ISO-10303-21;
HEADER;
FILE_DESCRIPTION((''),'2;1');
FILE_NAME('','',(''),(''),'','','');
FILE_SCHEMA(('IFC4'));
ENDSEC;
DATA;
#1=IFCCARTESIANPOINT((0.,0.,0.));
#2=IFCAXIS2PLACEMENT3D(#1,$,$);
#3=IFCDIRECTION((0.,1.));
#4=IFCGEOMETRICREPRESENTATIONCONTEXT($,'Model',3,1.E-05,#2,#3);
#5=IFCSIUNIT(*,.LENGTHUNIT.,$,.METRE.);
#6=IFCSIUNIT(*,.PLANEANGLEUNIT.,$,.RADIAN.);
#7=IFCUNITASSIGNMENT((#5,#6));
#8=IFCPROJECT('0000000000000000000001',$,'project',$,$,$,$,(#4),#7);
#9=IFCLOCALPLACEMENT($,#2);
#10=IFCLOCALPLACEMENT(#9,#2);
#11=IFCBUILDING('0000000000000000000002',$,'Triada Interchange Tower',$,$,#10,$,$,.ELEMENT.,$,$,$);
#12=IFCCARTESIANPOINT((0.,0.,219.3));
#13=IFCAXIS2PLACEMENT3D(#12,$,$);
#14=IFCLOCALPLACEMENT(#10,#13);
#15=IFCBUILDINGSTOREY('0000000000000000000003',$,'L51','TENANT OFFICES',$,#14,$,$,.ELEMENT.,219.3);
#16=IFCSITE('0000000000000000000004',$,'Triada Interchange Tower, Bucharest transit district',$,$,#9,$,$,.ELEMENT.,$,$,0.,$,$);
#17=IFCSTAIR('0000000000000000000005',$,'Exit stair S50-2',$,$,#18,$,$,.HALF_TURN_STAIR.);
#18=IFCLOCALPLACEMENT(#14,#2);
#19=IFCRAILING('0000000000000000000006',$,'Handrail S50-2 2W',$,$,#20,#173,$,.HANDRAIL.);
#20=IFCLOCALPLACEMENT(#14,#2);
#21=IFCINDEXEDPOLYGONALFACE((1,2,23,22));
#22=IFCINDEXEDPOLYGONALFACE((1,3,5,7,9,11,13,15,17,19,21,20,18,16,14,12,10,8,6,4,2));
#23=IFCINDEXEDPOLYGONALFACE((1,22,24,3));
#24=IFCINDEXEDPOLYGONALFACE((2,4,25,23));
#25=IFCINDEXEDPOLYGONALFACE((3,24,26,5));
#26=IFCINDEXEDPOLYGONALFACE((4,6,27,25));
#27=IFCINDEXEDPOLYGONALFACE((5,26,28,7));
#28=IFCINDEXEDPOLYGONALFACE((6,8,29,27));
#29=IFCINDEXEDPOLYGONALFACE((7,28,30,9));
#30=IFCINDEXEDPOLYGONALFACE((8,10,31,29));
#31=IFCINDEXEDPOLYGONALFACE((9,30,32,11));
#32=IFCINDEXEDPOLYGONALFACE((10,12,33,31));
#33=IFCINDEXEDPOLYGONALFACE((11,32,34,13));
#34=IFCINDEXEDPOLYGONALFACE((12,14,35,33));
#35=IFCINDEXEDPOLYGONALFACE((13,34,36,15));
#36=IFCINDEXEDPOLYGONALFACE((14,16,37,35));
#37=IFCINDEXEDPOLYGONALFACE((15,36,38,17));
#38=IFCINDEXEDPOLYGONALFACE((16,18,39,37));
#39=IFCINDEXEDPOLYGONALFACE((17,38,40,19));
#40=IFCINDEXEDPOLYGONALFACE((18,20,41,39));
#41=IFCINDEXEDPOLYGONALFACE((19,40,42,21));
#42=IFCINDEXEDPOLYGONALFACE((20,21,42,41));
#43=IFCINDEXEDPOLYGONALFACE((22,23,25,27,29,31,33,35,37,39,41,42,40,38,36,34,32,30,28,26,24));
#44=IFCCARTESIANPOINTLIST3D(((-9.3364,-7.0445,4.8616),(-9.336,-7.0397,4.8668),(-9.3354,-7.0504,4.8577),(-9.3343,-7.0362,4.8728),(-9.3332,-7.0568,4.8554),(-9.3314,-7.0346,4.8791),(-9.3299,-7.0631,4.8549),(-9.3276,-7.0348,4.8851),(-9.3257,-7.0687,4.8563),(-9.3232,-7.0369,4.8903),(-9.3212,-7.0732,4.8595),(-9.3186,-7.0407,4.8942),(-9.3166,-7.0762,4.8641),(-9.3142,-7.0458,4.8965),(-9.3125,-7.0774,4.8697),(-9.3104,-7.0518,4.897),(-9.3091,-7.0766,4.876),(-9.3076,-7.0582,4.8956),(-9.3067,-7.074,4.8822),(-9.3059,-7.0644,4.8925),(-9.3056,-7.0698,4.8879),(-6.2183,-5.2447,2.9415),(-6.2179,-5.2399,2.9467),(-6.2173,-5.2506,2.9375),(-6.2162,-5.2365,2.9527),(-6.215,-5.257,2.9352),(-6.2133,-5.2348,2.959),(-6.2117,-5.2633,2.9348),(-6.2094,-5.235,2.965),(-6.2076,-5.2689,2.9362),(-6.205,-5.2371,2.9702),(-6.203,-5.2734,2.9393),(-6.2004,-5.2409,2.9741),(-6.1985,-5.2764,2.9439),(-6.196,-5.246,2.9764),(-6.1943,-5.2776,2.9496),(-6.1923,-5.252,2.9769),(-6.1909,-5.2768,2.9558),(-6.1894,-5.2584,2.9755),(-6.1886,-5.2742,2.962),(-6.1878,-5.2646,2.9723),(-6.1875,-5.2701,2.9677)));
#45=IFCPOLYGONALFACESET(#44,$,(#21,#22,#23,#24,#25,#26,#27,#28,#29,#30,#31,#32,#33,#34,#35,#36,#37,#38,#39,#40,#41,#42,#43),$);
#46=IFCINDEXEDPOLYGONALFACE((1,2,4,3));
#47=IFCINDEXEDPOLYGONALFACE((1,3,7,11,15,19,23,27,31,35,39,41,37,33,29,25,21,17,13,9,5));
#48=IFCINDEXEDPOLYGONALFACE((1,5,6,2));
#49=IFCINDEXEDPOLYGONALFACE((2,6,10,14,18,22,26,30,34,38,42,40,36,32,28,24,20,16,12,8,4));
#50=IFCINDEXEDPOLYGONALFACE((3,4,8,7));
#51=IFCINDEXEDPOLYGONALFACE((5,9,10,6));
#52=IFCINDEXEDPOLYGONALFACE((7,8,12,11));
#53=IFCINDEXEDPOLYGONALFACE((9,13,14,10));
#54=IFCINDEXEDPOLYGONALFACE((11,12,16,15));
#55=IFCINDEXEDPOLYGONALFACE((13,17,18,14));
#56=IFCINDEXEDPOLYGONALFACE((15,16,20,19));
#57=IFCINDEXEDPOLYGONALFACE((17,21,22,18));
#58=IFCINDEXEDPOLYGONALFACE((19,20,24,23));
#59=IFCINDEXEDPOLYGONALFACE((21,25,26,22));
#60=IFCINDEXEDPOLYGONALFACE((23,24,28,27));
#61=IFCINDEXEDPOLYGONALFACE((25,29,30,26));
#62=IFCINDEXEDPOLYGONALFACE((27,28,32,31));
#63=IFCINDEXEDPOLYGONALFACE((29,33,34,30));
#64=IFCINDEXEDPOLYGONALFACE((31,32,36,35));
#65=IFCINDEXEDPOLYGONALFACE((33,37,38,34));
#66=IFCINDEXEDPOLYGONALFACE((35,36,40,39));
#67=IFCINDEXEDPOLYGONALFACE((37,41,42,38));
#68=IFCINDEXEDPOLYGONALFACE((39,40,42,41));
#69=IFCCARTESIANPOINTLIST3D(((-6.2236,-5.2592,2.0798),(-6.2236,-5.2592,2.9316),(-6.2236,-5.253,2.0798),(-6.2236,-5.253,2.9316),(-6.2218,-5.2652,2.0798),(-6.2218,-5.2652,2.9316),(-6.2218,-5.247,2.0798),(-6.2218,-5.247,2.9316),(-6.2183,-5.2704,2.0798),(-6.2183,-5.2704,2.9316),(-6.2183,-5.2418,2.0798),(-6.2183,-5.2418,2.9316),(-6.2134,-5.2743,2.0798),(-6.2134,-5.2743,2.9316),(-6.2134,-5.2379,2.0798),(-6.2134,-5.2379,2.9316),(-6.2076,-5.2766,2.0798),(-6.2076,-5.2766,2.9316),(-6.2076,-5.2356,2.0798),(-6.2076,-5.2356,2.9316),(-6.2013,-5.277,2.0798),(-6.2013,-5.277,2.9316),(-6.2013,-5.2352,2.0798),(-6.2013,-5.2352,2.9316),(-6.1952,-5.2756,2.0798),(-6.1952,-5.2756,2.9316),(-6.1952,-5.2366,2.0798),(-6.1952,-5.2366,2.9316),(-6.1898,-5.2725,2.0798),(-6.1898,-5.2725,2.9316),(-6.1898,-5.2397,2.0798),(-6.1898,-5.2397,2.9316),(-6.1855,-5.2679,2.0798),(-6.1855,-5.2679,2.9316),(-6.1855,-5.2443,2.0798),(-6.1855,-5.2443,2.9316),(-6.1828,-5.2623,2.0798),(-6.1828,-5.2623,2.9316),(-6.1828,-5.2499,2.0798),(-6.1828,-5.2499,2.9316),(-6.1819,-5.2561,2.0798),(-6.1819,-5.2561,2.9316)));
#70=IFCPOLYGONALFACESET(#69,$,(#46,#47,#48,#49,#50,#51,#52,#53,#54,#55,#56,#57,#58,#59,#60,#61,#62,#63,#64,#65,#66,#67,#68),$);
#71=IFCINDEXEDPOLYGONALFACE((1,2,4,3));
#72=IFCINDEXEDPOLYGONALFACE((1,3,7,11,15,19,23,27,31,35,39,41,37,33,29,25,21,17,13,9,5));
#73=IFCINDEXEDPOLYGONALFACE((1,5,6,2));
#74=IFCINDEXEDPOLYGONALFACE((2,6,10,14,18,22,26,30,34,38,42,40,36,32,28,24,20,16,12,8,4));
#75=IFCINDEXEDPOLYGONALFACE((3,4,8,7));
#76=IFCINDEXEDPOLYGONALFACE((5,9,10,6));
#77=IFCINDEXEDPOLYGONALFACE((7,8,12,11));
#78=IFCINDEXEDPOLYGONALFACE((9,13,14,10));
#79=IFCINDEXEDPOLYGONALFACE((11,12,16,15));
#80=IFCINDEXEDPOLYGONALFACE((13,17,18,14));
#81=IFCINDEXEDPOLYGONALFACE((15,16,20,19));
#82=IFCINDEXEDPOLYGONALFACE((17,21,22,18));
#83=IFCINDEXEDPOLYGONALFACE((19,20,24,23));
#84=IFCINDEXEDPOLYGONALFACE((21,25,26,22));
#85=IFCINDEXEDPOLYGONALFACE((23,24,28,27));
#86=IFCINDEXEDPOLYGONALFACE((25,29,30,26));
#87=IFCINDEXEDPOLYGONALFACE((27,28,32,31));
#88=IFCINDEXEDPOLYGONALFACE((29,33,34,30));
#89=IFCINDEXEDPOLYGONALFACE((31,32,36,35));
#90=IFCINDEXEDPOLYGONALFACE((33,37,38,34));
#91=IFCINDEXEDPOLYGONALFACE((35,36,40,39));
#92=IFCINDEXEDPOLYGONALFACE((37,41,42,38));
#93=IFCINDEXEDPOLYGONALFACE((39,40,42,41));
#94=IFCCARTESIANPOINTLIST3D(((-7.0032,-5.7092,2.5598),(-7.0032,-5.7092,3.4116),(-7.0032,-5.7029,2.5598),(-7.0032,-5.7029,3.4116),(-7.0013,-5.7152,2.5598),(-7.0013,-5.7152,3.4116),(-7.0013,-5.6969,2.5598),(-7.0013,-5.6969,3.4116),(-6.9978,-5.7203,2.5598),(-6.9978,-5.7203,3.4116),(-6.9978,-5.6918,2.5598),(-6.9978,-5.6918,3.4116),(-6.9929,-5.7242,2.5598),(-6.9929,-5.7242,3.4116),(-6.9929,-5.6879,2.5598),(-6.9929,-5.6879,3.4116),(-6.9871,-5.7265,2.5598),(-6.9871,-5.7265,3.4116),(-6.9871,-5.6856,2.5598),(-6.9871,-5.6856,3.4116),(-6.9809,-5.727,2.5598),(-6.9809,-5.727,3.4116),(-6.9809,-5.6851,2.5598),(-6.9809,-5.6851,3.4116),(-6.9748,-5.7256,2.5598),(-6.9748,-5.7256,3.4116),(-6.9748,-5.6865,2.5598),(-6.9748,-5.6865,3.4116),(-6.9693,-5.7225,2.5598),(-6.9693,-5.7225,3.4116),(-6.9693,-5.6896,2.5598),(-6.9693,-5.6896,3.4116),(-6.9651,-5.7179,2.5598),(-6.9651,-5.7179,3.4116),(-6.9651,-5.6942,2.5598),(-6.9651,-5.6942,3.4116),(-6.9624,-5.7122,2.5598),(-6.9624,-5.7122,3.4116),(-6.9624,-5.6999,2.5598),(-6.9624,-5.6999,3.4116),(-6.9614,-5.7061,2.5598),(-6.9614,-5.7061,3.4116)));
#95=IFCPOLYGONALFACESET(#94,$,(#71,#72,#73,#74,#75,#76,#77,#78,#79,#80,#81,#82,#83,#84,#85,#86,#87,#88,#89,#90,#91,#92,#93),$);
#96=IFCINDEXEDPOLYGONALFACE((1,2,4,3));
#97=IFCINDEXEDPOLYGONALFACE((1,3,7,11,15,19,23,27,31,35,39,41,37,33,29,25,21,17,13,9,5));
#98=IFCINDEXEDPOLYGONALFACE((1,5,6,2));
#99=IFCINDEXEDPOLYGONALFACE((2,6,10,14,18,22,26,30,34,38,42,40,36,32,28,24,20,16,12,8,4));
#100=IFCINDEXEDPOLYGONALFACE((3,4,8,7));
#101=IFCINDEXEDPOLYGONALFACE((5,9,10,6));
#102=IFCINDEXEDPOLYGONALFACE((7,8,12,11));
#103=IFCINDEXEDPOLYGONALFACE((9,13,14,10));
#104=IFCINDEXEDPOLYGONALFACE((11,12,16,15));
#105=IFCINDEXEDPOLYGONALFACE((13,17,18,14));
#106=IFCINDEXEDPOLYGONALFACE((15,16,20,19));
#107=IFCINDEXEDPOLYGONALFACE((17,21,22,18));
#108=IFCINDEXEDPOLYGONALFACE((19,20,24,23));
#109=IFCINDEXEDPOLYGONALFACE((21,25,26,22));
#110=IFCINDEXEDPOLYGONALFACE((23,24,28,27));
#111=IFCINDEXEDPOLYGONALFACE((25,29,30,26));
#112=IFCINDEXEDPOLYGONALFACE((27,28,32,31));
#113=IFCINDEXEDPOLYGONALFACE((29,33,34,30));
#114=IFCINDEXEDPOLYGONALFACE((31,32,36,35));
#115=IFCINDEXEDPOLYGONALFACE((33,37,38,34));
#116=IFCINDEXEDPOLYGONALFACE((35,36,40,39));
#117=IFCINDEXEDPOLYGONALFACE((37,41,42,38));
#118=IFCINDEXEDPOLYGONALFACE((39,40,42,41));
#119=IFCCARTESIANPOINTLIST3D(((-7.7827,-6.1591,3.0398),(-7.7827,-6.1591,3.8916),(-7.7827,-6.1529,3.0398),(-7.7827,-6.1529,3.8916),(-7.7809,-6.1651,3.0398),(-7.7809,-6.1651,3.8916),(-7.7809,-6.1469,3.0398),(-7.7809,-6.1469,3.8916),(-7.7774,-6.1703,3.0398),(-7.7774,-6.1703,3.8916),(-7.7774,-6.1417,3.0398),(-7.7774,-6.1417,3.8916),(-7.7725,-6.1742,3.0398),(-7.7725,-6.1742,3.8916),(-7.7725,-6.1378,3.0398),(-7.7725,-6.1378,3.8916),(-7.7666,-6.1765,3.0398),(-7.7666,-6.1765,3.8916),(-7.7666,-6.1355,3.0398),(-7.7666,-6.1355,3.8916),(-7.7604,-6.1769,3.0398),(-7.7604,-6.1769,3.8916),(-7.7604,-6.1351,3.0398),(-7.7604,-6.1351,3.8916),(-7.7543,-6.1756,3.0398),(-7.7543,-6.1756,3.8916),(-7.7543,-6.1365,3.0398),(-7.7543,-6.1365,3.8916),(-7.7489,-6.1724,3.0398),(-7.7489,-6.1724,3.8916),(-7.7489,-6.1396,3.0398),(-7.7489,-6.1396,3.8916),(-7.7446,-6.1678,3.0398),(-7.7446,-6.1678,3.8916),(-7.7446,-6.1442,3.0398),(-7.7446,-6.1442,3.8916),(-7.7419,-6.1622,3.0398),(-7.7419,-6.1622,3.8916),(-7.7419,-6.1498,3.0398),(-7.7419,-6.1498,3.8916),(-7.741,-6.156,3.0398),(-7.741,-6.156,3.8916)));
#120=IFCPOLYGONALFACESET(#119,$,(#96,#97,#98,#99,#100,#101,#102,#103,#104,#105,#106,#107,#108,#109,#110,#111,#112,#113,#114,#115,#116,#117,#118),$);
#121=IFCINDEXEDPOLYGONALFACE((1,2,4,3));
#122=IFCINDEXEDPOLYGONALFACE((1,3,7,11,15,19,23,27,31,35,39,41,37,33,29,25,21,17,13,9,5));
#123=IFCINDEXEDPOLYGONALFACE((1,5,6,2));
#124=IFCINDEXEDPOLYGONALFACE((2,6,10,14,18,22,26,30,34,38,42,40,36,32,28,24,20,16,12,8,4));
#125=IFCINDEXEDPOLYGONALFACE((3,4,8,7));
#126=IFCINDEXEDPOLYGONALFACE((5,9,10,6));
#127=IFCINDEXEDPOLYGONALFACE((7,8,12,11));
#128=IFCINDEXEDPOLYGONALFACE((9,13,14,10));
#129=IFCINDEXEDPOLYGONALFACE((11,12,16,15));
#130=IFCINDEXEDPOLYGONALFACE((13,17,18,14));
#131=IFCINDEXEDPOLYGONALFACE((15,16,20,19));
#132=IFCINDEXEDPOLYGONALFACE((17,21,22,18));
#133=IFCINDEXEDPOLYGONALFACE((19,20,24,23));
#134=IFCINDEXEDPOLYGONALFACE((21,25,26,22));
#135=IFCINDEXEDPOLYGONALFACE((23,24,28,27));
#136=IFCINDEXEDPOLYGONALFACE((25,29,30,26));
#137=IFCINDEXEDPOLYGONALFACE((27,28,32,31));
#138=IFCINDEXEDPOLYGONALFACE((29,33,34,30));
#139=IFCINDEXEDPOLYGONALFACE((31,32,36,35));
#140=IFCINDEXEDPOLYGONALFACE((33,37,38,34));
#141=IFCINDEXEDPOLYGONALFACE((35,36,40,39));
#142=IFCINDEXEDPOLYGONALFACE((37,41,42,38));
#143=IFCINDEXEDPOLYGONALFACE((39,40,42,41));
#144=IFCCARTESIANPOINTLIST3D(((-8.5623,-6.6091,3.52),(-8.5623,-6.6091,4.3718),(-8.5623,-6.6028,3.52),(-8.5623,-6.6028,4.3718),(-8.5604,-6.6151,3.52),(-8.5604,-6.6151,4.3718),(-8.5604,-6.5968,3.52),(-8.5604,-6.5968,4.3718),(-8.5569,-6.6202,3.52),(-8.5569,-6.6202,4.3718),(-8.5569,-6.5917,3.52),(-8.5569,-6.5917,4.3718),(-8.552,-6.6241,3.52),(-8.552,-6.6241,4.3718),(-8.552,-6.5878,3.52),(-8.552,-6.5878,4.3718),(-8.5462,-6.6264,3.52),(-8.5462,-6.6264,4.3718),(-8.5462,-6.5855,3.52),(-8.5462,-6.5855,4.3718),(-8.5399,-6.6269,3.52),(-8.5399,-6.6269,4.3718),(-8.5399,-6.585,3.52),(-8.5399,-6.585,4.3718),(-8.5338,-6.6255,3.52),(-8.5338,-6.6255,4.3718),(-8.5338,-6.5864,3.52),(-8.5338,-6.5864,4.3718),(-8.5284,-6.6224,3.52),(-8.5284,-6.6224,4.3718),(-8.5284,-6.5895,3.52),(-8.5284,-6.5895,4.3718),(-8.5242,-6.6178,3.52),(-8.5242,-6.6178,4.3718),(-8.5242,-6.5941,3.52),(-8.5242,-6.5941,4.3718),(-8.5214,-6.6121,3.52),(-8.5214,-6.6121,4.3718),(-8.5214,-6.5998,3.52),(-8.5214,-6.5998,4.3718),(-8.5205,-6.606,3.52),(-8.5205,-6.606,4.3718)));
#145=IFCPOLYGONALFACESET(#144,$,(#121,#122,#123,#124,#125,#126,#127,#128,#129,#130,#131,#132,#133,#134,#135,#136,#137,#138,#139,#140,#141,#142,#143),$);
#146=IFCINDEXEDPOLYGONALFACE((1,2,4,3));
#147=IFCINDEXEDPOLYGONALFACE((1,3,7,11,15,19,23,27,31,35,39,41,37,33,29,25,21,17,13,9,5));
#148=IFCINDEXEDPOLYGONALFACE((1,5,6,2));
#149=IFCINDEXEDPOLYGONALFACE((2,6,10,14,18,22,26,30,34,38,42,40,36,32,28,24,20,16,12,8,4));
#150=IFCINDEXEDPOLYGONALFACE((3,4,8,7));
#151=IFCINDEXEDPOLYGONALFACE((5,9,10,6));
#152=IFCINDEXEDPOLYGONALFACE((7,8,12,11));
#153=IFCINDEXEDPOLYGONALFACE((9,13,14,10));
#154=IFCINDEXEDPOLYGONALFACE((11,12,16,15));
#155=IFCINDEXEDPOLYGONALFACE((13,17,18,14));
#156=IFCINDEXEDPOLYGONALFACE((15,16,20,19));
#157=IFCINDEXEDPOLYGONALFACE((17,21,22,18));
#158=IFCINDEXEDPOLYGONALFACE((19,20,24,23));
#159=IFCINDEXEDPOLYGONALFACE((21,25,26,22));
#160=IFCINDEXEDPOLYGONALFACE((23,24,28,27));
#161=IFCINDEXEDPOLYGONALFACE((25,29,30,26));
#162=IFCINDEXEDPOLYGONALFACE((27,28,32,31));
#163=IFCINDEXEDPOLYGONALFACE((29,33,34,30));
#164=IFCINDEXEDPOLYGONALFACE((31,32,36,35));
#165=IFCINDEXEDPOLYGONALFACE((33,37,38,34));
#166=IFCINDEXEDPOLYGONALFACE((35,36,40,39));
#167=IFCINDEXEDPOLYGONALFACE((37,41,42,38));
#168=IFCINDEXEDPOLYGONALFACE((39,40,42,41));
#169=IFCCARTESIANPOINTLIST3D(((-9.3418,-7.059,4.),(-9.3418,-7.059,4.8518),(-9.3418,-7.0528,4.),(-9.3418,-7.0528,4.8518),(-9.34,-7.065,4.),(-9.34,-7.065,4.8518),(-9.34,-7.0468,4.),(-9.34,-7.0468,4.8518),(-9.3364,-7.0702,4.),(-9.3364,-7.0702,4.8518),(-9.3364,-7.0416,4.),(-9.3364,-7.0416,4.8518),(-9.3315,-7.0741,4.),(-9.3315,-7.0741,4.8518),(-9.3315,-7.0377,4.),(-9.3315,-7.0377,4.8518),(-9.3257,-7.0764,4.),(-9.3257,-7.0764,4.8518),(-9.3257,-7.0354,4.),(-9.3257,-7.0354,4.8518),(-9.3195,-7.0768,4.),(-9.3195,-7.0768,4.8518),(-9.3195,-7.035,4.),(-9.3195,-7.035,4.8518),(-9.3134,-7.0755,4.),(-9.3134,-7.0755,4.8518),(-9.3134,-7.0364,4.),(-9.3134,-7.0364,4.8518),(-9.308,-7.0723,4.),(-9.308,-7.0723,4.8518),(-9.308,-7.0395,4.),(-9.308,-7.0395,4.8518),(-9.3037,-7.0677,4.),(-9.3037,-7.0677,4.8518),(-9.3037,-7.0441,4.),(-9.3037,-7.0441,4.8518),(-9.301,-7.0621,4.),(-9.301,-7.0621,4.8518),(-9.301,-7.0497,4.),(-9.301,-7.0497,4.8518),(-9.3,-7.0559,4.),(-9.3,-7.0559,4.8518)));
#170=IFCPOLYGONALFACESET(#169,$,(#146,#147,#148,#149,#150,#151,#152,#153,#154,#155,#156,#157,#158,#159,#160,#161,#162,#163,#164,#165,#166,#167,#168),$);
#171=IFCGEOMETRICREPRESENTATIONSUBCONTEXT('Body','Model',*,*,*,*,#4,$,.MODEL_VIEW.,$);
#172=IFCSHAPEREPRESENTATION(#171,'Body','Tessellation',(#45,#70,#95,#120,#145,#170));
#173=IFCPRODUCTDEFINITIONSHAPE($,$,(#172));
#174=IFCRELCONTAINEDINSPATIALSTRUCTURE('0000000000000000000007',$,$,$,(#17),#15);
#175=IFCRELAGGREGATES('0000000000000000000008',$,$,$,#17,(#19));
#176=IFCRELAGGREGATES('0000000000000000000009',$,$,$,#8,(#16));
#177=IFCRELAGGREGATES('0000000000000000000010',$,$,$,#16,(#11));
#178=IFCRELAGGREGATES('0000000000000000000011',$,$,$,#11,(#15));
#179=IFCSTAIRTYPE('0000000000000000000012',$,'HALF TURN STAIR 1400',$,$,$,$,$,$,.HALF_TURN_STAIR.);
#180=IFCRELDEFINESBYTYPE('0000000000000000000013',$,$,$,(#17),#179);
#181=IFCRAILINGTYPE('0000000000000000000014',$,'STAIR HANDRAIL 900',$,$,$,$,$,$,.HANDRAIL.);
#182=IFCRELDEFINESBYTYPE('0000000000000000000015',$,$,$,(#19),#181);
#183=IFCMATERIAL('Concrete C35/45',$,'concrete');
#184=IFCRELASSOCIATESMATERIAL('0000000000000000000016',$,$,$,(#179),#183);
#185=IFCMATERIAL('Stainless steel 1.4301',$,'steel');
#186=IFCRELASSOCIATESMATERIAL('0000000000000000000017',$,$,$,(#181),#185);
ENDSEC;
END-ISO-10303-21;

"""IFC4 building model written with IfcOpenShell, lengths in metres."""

from ifc_helpers import new_model, si_unit, direction, frame, origin, origin_2d, place, context, subcontext, project, spatial, circle, extrude, material, type_object, element, aggregate, save


model = new_model("IFC4")

# Units and contexts
model_context = context("Model", 3, precision=1e-05, world=origin(), true_north=direction((0.0, 1.0)))
body_context = subcontext(model_context, "Body", "Model", "MODEL_VIEW")
ifc_project = project(units=[si_unit("LENGTHUNIT", "METRE"), si_unit("PLANEANGLEUNIT", "RADIAN")], contexts=[model_context])

# Site, building, storey
site_placement = place(None, origin())
site = spatial("IfcSite", under=ifc_project, at=site_placement, Name="Triada Interchange Tower, Bucharest transit district", CompositionType="ELEMENT", RefElevation=0.0)
building_placement = place(site_placement, origin())
building = spatial("IfcBuilding", under=site, at=building_placement, Name="Triada Interchange Tower", CompositionType="ELEMENT")
storey_placement = place(building_placement, frame((0.0, 0.0, 219.3)))
storey = spatial("IfcBuildingStorey", under=building, at=storey_placement, Name="L51", Description="TENANT OFFICES", CompositionType="ELEMENT", Elevation=219.3)

# Stair, railing
ifc_material_1 = material(Name="Concrete C35/45", Category="concrete")
stair_type = type_object("IfcStairType", Name="HALF TURN STAIR 1400", PredefinedType="HALF_TURN_STAIR", material=ifc_material_1)
stair_placement = place(storey_placement, origin())
stair = element("IfcStair", 1, at=stair_placement, inside=storey, type_object=stair_type, Name="Exit stair S50-2", PredefinedType="HALF_TURN_STAIR")
ifc_material_2 = material(Name="Stainless steel 1.4301", Category="steel")
railing_type = type_object("IfcRailingType", Name="STAIR HANDRAIL 900", PredefinedType="HANDRAIL", material=ifc_material_2)
railing_1_placement = place(storey_placement, frame((-6.2029, -5.2561, 2.0798)))
railing_1 = element("IfcRailing", 2, at=railing_1_placement, type_object=railing_type, Name="Handrail S50-2 2W", PredefinedType="HANDRAIL", context=body_context, shape_type="SweptSolid", body=[
    extrude(circle(Radius=0.0239, at=origin_2d()), frame((0.0, 0.0, 0.876), z_axis=(-0.76419, -0.44109, 0.470588), x_axis=(0.499902, -0.866082, 0.0)), (0.0, 0.0, 1.0), 4.0803),
    extrude(circle(Radius=0.021, at=origin_2d()), origin(), (0.0, 0.0, 1.0), 0.8518),
    extrude(circle(Radius=0.021, at=origin_2d()), frame((-0.7795, -0.45, 0.48)), (0.0, 0.0, 1.0), 0.8518),
    extrude(circle(Radius=0.021, at=origin_2d()), frame((-1.5591, -0.8999, 0.96)), (0.0, 0.0, 1.0), 0.8518),
    extrude(circle(Radius=0.021, at=origin_2d()), frame((-2.3386, -1.3499, 1.4402)), (0.0, 0.0, 1.0), 0.8518),
    extrude(circle(Radius=0.021, at=origin_2d()), frame((-3.1182, -1.7998, 1.9202)), (0.0, 0.0, 1.0), 0.8518),
])
aggregate(stair, [railing_1])

save(model, "model.ifc")
